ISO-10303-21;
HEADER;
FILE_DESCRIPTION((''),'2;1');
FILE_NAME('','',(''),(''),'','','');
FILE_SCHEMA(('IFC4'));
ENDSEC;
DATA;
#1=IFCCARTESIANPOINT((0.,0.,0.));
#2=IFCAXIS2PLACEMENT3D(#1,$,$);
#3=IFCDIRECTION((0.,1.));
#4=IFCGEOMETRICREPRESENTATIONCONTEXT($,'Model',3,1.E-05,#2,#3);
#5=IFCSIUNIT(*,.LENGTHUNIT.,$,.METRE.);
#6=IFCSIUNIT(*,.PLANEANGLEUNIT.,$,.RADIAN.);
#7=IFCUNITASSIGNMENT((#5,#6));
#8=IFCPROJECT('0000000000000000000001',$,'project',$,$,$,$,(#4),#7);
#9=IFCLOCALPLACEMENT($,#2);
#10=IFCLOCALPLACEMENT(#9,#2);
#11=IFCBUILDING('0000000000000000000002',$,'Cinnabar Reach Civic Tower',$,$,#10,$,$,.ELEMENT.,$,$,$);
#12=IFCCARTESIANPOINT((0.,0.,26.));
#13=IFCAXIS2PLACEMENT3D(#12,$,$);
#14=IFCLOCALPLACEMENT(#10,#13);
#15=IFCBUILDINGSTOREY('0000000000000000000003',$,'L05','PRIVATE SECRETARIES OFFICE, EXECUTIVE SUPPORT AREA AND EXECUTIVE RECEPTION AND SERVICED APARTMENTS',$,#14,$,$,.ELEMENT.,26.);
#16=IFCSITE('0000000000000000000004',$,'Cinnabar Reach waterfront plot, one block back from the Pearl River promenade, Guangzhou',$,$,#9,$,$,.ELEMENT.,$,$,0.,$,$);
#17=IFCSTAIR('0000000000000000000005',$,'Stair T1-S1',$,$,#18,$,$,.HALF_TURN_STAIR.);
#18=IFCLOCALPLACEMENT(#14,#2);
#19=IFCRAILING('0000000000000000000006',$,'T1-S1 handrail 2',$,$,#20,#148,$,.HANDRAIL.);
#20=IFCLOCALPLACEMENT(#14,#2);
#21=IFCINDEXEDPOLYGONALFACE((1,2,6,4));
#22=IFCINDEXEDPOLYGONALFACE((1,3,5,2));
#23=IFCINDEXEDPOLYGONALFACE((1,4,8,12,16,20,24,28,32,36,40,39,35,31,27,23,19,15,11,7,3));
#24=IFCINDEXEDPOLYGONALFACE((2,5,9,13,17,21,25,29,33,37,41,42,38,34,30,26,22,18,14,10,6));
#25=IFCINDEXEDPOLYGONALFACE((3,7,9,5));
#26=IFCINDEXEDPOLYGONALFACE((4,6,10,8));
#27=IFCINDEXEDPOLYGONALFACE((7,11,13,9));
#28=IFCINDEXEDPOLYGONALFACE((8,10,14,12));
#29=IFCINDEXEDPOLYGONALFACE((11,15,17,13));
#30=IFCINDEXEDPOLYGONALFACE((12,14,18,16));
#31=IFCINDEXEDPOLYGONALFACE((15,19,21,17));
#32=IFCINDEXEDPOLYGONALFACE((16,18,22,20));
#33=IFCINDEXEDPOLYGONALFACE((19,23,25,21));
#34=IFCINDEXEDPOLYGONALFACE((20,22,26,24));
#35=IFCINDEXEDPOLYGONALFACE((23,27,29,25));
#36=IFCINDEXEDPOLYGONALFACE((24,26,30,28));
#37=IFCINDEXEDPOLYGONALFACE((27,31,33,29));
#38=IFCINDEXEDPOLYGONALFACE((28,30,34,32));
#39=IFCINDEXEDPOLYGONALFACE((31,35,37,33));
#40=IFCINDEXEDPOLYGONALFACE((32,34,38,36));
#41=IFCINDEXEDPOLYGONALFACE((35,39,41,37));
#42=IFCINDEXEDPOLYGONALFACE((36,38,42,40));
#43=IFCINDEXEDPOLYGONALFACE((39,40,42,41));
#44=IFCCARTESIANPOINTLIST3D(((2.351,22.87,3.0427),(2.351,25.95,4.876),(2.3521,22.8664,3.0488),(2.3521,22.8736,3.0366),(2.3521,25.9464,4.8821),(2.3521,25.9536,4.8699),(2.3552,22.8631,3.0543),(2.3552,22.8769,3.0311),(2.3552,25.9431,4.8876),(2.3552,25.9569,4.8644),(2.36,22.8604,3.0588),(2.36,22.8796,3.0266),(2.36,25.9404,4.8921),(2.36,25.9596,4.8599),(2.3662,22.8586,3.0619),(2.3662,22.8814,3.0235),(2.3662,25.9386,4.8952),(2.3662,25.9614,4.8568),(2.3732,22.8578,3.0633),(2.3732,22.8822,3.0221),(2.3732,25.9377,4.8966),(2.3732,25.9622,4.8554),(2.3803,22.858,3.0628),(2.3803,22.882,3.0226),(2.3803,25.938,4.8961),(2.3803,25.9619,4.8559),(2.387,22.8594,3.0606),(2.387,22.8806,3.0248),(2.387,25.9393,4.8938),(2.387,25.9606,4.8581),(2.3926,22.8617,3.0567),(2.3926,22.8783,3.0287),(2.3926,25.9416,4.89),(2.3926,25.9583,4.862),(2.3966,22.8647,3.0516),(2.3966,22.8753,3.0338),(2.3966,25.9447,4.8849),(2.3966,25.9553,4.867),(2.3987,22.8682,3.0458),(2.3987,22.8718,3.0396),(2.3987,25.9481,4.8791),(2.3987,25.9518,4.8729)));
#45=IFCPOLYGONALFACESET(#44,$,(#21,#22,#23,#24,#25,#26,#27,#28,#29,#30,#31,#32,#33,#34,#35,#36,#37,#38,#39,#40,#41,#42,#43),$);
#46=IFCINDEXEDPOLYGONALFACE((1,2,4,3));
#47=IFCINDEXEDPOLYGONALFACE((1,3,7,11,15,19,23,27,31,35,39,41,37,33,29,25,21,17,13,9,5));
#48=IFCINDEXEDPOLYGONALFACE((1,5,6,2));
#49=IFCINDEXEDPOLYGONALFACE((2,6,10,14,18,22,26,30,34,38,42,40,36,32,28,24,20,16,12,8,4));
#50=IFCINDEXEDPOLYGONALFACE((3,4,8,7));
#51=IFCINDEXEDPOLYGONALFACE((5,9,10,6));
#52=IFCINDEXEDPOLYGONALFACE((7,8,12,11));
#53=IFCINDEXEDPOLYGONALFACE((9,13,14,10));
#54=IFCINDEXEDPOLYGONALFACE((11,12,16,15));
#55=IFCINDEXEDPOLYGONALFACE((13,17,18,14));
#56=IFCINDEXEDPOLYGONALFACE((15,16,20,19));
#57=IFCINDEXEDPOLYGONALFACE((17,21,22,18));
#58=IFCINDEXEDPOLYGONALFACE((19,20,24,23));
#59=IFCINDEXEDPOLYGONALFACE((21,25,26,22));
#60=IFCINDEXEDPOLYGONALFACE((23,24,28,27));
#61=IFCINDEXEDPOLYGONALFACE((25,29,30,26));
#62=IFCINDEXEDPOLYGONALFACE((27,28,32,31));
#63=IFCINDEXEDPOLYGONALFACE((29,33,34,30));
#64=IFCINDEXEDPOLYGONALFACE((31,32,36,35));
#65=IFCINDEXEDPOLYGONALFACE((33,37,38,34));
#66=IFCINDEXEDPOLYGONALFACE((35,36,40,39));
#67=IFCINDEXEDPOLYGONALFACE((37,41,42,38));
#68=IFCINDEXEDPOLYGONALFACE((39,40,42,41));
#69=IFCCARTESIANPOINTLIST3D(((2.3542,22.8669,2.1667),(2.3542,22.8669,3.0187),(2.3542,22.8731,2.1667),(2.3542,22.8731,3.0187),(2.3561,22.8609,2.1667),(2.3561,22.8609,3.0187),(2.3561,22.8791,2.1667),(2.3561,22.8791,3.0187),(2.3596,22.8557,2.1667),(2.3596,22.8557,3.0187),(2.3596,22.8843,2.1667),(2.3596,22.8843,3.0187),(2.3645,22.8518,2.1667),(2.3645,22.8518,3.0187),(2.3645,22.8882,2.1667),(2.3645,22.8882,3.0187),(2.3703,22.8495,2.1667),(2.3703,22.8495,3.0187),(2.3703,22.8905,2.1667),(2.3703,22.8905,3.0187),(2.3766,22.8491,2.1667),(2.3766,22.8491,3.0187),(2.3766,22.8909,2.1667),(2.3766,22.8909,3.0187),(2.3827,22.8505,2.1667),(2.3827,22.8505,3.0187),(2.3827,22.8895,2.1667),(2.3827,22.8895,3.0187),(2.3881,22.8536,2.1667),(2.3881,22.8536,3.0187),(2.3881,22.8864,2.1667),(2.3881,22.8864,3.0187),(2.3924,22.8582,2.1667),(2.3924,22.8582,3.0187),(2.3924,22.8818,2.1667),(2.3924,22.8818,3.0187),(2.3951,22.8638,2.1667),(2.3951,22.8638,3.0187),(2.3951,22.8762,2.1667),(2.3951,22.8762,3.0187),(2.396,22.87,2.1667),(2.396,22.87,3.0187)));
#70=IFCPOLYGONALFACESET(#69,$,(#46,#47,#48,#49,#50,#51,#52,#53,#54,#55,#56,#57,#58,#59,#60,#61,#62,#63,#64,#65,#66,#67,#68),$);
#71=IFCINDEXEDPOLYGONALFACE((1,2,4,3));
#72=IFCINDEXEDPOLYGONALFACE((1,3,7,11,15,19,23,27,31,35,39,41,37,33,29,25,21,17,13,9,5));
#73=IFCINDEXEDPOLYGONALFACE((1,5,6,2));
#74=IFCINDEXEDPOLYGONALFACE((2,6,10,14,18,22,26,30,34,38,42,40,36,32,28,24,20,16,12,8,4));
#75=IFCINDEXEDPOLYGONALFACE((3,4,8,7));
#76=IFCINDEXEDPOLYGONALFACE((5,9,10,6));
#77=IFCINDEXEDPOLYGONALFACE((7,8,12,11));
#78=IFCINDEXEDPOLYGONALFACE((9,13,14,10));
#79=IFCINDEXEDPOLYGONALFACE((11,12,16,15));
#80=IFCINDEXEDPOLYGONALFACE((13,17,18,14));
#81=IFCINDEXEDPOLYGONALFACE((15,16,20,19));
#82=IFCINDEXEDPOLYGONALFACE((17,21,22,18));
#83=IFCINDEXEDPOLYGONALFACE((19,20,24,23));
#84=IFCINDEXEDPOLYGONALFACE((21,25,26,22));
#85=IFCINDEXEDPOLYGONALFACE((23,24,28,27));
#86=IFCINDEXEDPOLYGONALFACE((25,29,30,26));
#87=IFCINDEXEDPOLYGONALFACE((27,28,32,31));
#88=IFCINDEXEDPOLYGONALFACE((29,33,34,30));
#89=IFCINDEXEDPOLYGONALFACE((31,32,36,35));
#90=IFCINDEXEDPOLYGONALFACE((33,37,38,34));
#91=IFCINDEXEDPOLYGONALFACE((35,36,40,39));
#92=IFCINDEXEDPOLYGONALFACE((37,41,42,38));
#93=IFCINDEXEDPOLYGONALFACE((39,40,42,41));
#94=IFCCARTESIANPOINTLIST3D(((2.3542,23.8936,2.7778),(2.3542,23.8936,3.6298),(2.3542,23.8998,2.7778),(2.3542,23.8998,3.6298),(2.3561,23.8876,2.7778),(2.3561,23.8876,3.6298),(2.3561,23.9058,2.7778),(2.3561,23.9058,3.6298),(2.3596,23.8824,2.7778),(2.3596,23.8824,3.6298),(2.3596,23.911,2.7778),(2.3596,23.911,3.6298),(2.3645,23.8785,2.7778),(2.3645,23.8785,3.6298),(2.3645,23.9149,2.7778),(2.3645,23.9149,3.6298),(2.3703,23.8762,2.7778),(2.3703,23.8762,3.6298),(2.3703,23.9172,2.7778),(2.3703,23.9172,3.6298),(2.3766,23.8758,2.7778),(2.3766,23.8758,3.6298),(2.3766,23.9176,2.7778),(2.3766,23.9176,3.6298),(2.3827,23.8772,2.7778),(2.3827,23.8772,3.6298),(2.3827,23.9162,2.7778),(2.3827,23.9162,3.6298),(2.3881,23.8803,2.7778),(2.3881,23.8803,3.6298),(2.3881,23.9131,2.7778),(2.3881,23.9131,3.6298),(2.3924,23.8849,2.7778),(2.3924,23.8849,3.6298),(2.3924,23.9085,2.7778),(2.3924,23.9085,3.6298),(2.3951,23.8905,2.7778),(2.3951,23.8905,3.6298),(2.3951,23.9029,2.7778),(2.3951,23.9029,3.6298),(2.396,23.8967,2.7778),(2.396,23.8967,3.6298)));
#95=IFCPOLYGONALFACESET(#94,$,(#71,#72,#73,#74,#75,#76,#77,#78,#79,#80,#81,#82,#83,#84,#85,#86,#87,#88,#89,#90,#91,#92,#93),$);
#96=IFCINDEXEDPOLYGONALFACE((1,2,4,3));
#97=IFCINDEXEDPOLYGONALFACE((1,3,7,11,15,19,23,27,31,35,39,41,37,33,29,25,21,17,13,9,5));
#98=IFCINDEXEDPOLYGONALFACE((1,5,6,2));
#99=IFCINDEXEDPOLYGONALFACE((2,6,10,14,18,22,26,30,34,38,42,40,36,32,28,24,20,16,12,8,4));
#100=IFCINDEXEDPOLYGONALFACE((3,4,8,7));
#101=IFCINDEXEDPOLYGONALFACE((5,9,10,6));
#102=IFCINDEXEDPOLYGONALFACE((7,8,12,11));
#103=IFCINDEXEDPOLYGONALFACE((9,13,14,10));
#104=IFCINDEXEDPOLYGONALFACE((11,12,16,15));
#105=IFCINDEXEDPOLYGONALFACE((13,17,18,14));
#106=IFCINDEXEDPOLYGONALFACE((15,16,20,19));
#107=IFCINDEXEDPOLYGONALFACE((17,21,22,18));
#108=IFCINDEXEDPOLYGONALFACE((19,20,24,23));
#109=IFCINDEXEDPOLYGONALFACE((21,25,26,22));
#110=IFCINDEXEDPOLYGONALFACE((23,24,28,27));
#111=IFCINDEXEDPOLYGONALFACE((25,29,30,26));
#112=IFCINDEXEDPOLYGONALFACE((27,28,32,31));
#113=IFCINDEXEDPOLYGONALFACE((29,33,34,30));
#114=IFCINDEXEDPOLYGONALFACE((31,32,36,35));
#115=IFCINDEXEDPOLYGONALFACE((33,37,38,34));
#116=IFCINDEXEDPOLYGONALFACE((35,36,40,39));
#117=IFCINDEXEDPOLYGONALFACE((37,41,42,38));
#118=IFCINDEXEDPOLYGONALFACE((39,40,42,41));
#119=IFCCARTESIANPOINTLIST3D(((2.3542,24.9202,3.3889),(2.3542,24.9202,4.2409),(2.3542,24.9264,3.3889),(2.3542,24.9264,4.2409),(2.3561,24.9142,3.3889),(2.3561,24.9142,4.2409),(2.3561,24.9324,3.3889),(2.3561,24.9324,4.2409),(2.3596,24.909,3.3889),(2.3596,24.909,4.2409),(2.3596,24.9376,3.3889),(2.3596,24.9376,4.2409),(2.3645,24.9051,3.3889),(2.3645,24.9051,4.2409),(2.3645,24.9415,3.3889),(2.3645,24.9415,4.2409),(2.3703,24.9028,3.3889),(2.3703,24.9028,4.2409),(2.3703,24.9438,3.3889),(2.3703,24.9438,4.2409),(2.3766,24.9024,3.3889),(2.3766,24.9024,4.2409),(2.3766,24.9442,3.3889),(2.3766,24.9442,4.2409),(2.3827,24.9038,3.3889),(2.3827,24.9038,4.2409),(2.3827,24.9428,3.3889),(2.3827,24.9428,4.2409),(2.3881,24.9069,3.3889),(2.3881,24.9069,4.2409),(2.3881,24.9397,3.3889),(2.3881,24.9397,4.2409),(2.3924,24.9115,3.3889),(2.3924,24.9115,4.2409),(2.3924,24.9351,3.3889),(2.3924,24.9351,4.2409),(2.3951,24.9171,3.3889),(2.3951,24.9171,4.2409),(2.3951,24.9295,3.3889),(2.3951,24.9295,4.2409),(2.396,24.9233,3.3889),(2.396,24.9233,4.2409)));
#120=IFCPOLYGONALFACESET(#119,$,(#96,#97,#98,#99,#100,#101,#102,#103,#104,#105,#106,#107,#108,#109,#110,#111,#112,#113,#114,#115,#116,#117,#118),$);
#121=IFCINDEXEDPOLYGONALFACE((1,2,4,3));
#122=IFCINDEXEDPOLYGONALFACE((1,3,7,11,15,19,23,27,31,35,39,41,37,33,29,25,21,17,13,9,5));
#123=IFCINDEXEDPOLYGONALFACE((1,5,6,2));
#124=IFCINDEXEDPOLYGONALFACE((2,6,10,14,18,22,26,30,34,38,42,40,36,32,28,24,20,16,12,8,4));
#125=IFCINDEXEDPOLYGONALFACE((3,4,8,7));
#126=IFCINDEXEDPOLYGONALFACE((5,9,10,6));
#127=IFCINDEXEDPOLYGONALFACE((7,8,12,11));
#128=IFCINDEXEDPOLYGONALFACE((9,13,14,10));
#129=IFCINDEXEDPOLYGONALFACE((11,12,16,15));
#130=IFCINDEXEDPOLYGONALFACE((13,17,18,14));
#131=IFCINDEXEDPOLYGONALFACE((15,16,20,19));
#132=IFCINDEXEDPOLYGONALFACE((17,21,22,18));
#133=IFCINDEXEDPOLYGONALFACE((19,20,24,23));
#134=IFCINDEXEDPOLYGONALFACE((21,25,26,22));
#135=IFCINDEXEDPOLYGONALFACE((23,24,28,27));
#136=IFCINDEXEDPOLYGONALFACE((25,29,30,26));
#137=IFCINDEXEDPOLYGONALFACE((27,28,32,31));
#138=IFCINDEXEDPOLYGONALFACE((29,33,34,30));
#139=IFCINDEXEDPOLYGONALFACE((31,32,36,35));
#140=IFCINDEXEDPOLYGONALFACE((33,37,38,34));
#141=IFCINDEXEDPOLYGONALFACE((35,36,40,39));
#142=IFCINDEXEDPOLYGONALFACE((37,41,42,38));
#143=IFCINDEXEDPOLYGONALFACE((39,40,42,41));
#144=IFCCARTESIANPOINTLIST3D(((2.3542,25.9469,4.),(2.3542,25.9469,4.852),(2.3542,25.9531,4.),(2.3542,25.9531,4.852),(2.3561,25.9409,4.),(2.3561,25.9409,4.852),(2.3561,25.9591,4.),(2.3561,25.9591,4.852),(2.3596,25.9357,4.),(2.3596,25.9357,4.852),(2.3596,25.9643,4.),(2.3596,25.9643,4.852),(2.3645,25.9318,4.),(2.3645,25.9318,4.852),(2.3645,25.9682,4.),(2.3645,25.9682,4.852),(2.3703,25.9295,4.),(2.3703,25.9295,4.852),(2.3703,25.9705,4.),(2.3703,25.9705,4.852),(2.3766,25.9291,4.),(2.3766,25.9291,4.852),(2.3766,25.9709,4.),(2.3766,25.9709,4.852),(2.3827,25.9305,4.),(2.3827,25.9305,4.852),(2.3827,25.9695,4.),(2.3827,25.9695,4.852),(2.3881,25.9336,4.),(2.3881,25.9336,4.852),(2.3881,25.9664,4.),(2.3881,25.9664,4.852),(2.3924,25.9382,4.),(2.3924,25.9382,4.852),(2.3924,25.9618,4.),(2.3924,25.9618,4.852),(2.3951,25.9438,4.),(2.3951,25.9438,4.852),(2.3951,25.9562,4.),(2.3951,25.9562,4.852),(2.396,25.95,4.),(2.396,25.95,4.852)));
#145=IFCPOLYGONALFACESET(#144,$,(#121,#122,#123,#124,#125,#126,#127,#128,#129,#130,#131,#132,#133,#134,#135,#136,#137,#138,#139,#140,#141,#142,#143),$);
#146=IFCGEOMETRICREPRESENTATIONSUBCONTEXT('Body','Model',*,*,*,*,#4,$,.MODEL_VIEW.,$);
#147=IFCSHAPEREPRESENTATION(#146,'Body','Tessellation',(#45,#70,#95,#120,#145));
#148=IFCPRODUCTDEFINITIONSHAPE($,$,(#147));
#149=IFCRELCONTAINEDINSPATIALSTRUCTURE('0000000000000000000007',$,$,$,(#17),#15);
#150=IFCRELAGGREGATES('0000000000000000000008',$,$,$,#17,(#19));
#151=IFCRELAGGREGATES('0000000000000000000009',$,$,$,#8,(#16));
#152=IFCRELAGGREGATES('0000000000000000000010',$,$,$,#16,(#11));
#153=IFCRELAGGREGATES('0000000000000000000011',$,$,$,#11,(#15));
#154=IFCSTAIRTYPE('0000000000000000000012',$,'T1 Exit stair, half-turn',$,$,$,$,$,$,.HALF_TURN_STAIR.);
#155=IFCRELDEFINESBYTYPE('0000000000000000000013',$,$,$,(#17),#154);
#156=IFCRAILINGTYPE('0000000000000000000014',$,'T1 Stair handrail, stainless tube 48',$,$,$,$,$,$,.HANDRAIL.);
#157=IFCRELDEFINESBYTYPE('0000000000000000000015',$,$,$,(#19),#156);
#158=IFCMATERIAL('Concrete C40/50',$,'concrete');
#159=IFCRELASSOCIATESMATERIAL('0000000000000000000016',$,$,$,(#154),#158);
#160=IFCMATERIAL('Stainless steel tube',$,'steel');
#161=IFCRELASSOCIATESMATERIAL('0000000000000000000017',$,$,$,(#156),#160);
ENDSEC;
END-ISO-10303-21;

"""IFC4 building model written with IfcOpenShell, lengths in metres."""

from ifc_helpers import new_model, si_unit, direction, frame, origin, origin_2d, place, context, subcontext, project, spatial, circle, extrude, material, type_object, element, aggregate, save


model = new_model("IFC4")

# Units and contexts
model_context = context("Model", 3, precision=1e-05, world=origin(), true_north=direction((0.0, 1.0)))
body_context = subcontext(model_context, "Body", "Model", "MODEL_VIEW")
ifc_project = project(units=[si_unit("LENGTHUNIT", "METRE"), si_unit("PLANEANGLEUNIT", "RADIAN")], contexts=[model_context])

# Site, building, storey
site_placement = place(None, origin())
site = spatial("IfcSite", under=ifc_project, at=site_placement, Name="Cinnabar Reach waterfront plot, one block back from the Pearl River promenade, Guangzhou", CompositionType="ELEMENT", RefElevation=0.0)
building_placement = place(site_placement, origin())
building = spatial("IfcBuilding", under=site, at=building_placement, Name="Cinnabar Reach Civic Tower", CompositionType="ELEMENT")
storey_placement = place(building_placement, frame((0.0, 0.0, 26.0)))
storey = spatial("IfcBuildingStorey", under=building, at=storey_placement, Name="L05", Description="PRIVATE SECRETARIES OFFICE, EXECUTIVE SUPPORT AREA AND EXECUTIVE RECEPTION AND SERVICED APARTMENTS", CompositionType="ELEMENT", Elevation=26.0)

# Stair, railing
ifc_material_1 = material(Name="Concrete C40/50", Category="concrete")
stair_type = type_object("IfcStairType", Name="T1 Exit stair, half-turn", PredefinedType="HALF_TURN_STAIR", material=ifc_material_1)
stair_placement = place(storey_placement, origin())
stair = element("IfcStair", 1, at=stair_placement, inside=storey, type_object=stair_type, Name="Stair T1-S1", PredefinedType="HALF_TURN_STAIR")
ifc_material_2 = material(Name="Stainless steel tube", Category="steel")
railing_type = type_object("IfcRailingType", Name="T1 Stair handrail, stainless tube 48", PredefinedType="HANDRAIL", material=ifc_material_2)
railing_1_placement = place(storey_placement, frame((2.375, 22.87, 2.1667)))
railing_1 = element("IfcRailing", 2, at=railing_1_placement, type_object=railing_type, Name="T1-S1 handrail 2", PredefinedType="HANDRAIL", context=body_context, shape_type="SweptSolid", body=[
    extrude(circle(Radius=0.024, at=origin_2d()), frame((0.0, 0.0, 0.876), z_axis=(0.0, 0.859297, 0.511477), x_axis=(-1.0, 0.0, 0.0)), (0.0, 0.0, 1.0), 3.5843),
    extrude(circle(Radius=0.021, at=origin_2d()), origin(), (0.0, 0.0, 1.0), 0.852),
    extrude(circle(Radius=0.021, at=origin_2d()), frame((0.0, 1.0267, 0.6111)), (0.0, 0.0, 1.0), 0.852),
    extrude(circle(Radius=0.021, at=origin_2d()), frame((0.0, 2.0533, 1.2222)), (0.0, 0.0, 1.0), 0.852),
    extrude(circle(Radius=0.021, at=origin_2d()), frame((0.0, 3.08, 1.8333)), (0.0, 0.0, 1.0), 0.852),
])
aggregate(stair, [railing_1])

save(model, "model.ifc")
